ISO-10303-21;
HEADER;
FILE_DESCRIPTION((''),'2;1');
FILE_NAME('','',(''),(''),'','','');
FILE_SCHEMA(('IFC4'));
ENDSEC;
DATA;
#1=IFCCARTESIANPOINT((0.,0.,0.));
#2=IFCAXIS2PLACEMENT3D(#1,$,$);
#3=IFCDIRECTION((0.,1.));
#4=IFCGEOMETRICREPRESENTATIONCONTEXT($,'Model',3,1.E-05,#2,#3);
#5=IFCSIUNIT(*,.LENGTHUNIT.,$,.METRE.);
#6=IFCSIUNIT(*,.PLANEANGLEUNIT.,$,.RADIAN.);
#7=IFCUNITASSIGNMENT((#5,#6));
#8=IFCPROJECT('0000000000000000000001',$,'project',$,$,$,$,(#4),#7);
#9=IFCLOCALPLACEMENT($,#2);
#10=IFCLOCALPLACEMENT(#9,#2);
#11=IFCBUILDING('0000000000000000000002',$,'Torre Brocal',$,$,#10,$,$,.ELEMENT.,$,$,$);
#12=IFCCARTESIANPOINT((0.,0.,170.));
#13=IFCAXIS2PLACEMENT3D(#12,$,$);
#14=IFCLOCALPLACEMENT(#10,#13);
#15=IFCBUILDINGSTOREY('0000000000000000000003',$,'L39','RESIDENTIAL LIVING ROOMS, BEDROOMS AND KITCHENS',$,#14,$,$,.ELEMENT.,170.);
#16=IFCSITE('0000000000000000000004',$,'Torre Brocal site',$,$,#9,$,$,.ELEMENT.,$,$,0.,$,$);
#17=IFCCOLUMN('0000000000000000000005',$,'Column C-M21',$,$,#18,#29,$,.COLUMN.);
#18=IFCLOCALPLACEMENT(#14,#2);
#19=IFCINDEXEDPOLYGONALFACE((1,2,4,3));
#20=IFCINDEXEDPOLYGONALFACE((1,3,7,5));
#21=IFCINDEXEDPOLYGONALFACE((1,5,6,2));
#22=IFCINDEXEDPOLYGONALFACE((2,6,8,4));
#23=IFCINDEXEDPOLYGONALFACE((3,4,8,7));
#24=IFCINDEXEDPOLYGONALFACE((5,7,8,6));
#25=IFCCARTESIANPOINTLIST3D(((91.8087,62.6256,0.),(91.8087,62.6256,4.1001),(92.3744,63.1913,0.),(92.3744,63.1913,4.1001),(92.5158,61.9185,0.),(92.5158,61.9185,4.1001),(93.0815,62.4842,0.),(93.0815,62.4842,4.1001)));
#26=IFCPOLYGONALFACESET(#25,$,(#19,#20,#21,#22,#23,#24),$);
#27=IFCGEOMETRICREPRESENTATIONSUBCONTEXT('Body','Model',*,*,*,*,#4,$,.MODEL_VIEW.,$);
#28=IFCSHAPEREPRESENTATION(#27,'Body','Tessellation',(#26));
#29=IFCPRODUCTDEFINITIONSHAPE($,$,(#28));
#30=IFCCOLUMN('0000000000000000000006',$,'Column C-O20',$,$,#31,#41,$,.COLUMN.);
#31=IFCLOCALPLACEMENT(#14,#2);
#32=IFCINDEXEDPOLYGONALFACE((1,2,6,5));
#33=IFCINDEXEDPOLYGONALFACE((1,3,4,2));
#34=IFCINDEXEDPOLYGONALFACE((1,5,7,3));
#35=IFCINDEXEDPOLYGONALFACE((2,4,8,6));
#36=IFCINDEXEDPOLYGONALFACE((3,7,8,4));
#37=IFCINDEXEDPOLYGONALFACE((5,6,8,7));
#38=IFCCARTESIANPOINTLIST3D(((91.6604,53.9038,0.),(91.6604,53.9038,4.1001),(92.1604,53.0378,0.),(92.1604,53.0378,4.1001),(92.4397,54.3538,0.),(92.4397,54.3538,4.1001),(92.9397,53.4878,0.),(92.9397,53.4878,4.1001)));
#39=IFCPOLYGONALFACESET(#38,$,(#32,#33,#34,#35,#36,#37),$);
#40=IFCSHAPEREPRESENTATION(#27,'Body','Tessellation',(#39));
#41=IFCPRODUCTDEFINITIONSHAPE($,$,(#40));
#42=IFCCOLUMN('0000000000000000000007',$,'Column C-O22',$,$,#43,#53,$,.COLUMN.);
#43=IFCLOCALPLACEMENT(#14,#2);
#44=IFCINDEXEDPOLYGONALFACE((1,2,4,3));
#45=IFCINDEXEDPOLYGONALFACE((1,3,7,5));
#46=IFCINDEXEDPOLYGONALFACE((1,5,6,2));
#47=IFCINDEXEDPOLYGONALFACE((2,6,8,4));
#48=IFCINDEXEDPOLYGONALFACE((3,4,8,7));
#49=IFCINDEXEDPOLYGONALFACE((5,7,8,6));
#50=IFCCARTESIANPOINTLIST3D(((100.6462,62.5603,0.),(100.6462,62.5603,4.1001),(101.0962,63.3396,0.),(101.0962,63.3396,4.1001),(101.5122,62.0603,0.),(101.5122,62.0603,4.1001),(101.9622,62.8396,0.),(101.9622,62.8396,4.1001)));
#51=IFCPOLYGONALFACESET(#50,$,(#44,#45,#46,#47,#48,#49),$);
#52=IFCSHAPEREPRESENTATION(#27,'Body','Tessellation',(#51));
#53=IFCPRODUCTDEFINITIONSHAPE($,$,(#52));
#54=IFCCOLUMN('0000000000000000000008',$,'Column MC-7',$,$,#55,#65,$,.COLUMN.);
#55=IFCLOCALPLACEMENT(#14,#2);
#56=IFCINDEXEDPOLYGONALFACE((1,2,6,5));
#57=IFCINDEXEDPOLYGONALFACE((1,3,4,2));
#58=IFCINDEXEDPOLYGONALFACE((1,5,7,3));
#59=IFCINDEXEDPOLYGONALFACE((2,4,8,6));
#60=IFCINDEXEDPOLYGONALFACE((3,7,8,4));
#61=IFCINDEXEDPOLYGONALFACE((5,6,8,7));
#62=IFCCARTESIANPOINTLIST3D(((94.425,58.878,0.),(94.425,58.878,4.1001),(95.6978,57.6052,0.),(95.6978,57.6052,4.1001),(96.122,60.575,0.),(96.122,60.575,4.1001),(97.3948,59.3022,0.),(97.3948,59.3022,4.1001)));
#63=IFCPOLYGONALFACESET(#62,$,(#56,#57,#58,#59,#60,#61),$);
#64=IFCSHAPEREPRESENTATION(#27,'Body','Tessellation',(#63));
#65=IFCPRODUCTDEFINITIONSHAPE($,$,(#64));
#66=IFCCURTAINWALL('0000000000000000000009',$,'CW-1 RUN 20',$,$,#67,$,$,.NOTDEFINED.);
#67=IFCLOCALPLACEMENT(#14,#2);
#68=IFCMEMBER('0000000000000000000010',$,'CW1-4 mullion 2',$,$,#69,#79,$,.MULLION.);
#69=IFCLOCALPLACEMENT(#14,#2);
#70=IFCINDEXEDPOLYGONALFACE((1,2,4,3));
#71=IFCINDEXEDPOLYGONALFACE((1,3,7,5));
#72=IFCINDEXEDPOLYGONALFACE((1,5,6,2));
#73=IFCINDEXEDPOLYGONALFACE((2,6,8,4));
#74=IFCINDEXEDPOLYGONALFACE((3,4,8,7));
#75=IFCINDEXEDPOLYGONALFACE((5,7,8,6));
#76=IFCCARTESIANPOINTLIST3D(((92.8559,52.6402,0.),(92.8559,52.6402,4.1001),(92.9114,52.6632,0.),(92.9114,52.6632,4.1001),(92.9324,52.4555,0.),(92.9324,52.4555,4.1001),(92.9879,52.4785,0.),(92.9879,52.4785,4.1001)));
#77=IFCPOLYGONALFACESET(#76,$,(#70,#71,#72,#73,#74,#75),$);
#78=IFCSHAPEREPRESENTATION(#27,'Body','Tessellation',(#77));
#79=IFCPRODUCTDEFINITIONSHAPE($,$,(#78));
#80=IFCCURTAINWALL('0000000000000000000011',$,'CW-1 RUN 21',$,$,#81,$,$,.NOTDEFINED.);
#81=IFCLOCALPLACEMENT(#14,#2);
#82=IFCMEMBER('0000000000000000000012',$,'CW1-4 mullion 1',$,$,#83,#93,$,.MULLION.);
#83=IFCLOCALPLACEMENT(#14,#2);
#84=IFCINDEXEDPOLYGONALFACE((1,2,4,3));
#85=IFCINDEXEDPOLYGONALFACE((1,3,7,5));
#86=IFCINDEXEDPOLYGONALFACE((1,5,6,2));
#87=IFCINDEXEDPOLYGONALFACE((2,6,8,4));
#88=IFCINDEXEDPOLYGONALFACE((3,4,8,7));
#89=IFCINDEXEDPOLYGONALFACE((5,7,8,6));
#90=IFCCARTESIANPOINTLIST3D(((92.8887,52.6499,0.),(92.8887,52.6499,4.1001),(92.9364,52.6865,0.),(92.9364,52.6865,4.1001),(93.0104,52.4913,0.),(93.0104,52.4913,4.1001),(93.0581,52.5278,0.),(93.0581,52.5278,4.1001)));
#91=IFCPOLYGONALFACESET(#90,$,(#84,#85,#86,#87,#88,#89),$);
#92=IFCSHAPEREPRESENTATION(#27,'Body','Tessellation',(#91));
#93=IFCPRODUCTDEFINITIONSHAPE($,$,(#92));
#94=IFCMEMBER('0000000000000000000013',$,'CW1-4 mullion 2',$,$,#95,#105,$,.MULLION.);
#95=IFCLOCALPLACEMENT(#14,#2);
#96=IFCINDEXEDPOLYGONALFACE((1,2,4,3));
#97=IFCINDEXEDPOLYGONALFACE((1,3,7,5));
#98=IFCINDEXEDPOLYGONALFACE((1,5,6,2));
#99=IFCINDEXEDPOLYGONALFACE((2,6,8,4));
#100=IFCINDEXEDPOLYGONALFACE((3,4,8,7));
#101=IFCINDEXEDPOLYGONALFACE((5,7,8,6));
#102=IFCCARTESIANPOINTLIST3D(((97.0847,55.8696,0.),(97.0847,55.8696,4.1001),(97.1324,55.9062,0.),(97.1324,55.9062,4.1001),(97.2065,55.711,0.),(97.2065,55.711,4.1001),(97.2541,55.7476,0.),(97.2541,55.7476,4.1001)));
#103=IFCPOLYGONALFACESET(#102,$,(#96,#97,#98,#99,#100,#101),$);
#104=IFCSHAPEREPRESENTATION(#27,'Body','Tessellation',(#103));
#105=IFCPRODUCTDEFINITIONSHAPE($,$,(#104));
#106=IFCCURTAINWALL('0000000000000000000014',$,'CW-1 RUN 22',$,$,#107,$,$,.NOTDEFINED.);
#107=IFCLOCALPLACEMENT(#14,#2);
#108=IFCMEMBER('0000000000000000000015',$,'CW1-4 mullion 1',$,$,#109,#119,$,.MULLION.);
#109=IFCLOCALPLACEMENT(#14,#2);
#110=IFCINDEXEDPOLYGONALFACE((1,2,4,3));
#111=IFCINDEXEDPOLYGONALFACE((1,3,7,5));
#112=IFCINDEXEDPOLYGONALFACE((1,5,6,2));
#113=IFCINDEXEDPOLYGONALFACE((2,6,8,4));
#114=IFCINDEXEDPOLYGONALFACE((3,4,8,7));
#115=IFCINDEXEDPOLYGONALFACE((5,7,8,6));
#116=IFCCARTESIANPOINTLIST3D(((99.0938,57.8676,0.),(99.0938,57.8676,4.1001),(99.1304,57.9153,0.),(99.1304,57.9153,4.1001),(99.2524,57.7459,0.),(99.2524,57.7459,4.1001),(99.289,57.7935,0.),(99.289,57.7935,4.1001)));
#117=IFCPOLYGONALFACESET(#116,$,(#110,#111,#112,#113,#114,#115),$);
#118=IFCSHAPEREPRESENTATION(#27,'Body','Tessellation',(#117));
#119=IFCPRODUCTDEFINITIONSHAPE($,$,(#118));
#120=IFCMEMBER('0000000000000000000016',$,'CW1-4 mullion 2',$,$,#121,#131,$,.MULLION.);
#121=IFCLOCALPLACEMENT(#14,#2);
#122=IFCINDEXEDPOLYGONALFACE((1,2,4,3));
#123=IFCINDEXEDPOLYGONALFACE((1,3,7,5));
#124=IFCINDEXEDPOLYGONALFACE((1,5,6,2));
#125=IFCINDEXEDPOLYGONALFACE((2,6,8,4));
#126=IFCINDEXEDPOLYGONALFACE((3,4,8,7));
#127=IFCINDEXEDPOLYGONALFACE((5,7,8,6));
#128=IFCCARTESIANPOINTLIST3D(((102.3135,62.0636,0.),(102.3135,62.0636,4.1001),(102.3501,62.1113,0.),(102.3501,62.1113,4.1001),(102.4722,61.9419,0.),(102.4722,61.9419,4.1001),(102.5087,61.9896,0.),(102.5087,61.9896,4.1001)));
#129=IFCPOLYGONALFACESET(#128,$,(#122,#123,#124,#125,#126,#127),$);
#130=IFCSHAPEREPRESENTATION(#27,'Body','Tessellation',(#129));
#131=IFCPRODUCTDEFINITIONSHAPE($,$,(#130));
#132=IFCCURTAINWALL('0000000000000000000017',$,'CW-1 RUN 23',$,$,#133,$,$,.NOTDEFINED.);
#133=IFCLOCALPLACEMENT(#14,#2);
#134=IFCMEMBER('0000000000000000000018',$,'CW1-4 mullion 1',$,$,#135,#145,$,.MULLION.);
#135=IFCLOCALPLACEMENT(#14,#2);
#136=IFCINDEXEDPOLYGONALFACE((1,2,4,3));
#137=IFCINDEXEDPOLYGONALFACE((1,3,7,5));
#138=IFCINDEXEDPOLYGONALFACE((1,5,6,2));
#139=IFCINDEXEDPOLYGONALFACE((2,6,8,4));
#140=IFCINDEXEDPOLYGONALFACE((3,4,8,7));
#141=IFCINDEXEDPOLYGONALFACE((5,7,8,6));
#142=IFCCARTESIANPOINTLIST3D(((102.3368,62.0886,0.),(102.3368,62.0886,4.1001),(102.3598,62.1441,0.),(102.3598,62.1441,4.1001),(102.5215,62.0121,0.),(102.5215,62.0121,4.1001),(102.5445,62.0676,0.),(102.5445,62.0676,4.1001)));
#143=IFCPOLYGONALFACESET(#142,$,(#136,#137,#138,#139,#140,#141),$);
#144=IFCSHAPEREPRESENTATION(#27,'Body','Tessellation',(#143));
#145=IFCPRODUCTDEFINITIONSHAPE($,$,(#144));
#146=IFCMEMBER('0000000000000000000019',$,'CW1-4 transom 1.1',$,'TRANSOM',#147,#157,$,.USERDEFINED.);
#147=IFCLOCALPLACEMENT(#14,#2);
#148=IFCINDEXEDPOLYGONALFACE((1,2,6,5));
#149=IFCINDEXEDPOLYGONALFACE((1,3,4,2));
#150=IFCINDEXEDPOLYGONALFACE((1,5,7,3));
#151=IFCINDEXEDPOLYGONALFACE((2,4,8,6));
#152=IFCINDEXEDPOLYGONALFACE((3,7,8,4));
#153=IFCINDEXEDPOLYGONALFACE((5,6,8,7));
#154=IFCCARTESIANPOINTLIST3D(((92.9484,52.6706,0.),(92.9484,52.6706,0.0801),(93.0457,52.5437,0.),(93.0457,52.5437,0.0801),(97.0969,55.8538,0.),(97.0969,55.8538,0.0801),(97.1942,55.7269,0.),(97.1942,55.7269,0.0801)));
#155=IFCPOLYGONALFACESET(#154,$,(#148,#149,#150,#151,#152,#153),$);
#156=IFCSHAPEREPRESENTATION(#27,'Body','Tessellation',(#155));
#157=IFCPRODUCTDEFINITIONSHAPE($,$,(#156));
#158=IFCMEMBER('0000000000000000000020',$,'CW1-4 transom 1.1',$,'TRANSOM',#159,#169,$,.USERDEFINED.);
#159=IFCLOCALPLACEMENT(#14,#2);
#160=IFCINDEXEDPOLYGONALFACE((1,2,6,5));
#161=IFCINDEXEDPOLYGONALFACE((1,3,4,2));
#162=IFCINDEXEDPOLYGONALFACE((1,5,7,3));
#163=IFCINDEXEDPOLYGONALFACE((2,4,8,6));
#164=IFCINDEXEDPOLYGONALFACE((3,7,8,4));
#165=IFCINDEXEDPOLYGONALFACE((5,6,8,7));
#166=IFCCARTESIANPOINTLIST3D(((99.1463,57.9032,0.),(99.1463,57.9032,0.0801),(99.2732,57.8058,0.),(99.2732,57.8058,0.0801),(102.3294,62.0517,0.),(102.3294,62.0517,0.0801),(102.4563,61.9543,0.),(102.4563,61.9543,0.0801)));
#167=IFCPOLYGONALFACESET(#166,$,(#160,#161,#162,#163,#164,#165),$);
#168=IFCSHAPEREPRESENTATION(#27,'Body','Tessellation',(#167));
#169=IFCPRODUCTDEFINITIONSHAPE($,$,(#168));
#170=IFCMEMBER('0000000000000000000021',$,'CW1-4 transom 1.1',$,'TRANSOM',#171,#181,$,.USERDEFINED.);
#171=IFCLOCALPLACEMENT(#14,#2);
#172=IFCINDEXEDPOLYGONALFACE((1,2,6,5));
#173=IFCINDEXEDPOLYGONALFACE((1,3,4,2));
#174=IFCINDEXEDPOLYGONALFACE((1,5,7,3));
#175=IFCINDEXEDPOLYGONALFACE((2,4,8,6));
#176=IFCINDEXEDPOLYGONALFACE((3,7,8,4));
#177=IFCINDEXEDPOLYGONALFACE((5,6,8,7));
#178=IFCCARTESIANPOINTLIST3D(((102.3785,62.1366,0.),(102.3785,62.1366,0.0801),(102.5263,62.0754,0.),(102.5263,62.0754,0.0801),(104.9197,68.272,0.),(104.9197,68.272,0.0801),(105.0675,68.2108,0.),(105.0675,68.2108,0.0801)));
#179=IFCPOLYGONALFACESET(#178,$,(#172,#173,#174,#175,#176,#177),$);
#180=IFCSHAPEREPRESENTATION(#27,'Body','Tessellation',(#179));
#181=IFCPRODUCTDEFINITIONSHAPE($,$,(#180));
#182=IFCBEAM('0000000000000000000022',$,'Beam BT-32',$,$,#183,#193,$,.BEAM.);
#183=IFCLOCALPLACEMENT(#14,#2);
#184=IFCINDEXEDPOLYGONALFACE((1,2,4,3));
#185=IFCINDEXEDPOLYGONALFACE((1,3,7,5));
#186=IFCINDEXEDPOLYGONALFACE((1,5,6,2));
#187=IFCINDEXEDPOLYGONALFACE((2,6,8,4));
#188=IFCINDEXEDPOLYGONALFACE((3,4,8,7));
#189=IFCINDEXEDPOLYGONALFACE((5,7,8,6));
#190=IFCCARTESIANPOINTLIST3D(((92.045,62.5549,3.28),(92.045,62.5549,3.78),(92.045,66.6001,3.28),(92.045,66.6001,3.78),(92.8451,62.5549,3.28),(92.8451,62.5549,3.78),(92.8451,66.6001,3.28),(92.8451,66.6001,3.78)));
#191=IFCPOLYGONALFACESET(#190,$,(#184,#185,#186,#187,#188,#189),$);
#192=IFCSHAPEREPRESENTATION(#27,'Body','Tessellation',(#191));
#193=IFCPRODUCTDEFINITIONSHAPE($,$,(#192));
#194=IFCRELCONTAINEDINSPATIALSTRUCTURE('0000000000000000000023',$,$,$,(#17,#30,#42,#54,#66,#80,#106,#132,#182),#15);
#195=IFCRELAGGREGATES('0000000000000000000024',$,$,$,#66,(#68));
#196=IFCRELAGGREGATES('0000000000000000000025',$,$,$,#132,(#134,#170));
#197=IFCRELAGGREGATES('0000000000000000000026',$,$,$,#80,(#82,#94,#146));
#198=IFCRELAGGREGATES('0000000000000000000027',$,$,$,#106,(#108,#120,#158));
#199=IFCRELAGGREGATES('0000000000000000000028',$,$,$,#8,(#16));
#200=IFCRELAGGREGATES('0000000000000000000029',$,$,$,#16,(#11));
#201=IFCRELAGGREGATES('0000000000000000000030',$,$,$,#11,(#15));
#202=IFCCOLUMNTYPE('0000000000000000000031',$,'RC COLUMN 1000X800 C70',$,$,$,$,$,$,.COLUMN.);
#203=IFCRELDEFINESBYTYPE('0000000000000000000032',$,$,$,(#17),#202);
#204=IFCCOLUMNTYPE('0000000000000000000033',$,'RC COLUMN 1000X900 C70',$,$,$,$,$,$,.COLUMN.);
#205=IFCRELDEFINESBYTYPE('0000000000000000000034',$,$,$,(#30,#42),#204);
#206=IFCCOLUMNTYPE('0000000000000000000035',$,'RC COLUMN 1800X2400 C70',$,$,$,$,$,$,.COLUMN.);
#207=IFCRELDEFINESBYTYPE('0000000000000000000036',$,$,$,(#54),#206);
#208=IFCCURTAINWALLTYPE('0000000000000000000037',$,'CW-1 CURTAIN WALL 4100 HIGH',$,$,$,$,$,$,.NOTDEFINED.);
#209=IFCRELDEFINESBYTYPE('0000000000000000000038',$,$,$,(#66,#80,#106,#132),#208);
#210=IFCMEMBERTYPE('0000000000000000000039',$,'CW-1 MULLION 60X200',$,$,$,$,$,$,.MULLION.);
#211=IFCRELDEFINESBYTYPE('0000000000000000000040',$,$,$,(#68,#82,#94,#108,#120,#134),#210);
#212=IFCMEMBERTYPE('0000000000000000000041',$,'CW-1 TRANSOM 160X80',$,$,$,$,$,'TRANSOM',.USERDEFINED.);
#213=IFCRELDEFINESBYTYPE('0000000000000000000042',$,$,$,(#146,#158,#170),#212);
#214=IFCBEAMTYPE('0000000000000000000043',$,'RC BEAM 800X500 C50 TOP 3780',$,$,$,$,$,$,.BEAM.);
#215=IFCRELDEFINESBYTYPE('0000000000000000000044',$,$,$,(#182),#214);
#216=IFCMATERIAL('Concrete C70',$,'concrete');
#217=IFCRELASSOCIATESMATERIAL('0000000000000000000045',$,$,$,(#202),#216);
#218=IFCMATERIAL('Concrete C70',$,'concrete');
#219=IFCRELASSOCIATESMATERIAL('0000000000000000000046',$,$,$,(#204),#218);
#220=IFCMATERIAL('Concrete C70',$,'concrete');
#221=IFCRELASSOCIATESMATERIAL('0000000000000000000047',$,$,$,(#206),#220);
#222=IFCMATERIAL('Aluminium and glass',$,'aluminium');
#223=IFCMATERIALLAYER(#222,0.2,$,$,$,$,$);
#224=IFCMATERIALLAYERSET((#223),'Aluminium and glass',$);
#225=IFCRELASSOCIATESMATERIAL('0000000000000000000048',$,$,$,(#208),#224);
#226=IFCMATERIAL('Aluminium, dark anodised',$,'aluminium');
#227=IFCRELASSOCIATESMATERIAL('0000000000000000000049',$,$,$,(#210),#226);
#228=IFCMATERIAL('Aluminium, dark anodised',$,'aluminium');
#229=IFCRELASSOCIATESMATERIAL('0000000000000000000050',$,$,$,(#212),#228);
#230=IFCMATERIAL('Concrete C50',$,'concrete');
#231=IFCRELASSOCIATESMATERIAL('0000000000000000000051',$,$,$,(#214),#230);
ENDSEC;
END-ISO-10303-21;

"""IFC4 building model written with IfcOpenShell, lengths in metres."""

from ifc_helpers import new_model, si_unit, direction, frame, origin, origin_2d, place, context, subcontext, project, spatial, rectangle, extrude, material, layer, layer_set, material_profile, profile_set, type_object, element, aggregate, save


model = new_model("IFC4")

# Units and contexts
model_context = context("Model", 3, precision=1e-05, world=origin(), true_north=direction((0.0, 1.0)))
body_context = subcontext(model_context, "Body", "Model", "MODEL_VIEW")
ifc_project = project(units=[si_unit("LENGTHUNIT", "METRE"), si_unit("PLANEANGLEUNIT", "RADIAN")], contexts=[model_context])

# Site, building, storey
site_placement = place(None, origin())
site = spatial("IfcSite", under=ifc_project, at=site_placement, Name="Torre Brocal site", CompositionType="ELEMENT", RefElevation=0.0)
building_placement = place(site_placement, origin())
building = spatial("IfcBuilding", under=site, at=building_placement, Name="Torre Brocal", CompositionType="ELEMENT")
storey_placement = place(building_placement, frame((0.0, 0.0, 170.0)))
storey = spatial("IfcBuildingStorey", under=building, at=storey_placement, Name="L39", Description="RESIDENTIAL LIVING ROOMS, BEDROOMS AND KITCHENS", CompositionType="ELEMENT", Elevation=170.0)

# Columns
ifc_material_1 = material(Name="Concrete C70", Category="concrete")
ifc_material_profile_1 = material_profile(ifc_material_1, rectangle(XDim=1.0, YDim=0.8, at=origin_2d()), Name="RC 1000X800")
ifc_profile_set_1 = profile_set([ifc_material_profile_1], Name="Concrete C70")
column_type_1 = type_object("IfcColumnType", Name="RC COLUMN 1000X800 C70", PredefinedType="COLUMN", material=ifc_profile_set_1)
column_1_placement = place(storey_placement, frame((92.4451, 62.5549, 0.0), z_axis=(0.0, 0.0, 1.0), x_axis=(0.707107, -0.707107, 0.0)))
element("IfcColumn", 1, at=column_1_placement, inside=storey, type_object=column_type_1, Name="Column C-M21", PredefinedType="COLUMN", context=body_context, shape_type="SweptSolid", body=[
    extrude(rectangle(XDim=1.0, YDim=0.8, at=origin_2d()), origin(), (0.0, 0.0, 1.0), 4.1001),
])
ifc_material_2 = material(Name="Concrete C70", Category="concrete")
ifc_material_profile_2 = material_profile(ifc_material_2, rectangle(XDim=1.0, YDim=0.8999, at=origin_2d()), Name="RC 1000X900")
ifc_profile_set_2 = profile_set([ifc_material_profile_2], Name="Concrete C70")
column_type_2 = type_object("IfcColumnType", Name="RC COLUMN 1000X900 C70", PredefinedType="COLUMN", material=ifc_profile_set_2)
for number, where, z_axis, x_axis, name in (
    (2, (92.3, 53.6958, 0.0), (0.0, 0.0, 1.0), (0.5, -0.866025, 0.0), "Column C-O20"),
    (3, (101.3042, 62.7, 0.0), (0.0, 0.0, 1.0), (0.866025, -0.5, 0.0), "Column C-O22"),
):
    element("IfcColumn", number, at=place(storey_placement, frame(where, z_axis=z_axis, x_axis=x_axis)), inside=storey, type_object=column_type_2, Name=name, PredefinedType="COLUMN", context=body_context, shape_type="SweptSolid", body=[
        extrude(rectangle(XDim=1.0, YDim=0.8999, at=origin_2d()), origin(), (0.0, 0.0, 1.0), 4.1001),
    ])
ifc_material_3 = material(Name="Concrete C70", Category="concrete")
ifc_material_profile_3 = material_profile(ifc_material_3, rectangle(XDim=1.8, YDim=2.3999, at=origin_2d()), Name="RC 1800X2400")
ifc_profile_set_3 = profile_set([ifc_material_profile_3], Name="Concrete C70")
column_type_3 = type_object("IfcColumnType", Name="RC COLUMN 1800X2400 C70", PredefinedType="COLUMN", material=ifc_profile_set_3)
column_2_placement = place(storey_placement, frame((95.9099, 59.0901, 0.0), z_axis=(0.0, 0.0, 1.0), x_axis=(0.707107, -0.707107, 0.0)))
element("IfcColumn", 4, at=column_2_placement, inside=storey, type_object=column_type_3, Name="Column MC-7", PredefinedType="COLUMN", context=body_context, shape_type="SweptSolid", body=[
    extrude(rectangle(XDim=1.8, YDim=2.3999, at=origin_2d()), origin(), (0.0, 0.0, 1.0), 4.1001),
])

# Curtain wall, member
ifc_material_4 = material(Name="Aluminium and glass", Category="aluminium")
ifc_layer_1 = layer(ifc_material_4, 0.2)
ifc_layer_set_1 = layer_set([ifc_layer_1], Name="Aluminium and glass")
curtain_wall_type = type_object("IfcCurtainWallType", Name="CW-1 CURTAIN WALL 4100 HIGH", PredefinedType="NOTDEFINED", material=ifc_layer_set_1)
curtain_wall_1_placement = place(storey_placement, origin())
curtain_wall_1 = element("IfcCurtainWall", 5, at=curtain_wall_1_placement, inside=storey, type_object=curtain_wall_type, Name="CW-1 RUN 20", PredefinedType="NOTDEFINED")
ifc_material_5 = material(Name="Aluminium, dark anodised", Category="aluminium")
ifc_material_profile_4 = material_profile(ifc_material_5, rectangle(XDim=0.2, YDim=0.0601, at=origin_2d()), Name="CW-1 MULLION 60X200")
ifc_profile_set_4 = profile_set([ifc_material_profile_4], Name="Aluminium, dark anodised")
member_type_1 = type_object("IfcMemberType", Name="CW-1 MULLION 60X200", PredefinedType="MULLION", material=ifc_profile_set_4)
member_1_placement = place(storey_placement, frame((92.9219, 52.5593, 0.0), z_axis=(0.0, 0.0, 1.0), x_axis=(-0.382683, 0.92388, 0.0)))
member_1 = element("IfcMember", 6, at=member_1_placement, type_object=member_type_1, Name="CW1-4 mullion 2", PredefinedType="MULLION", context=body_context, shape_type="SweptSolid", body=[
    extrude(rectangle(XDim=0.2, YDim=0.0601, at=origin_2d()), origin(), (0.0, 0.0, 1.0), 4.1001),
])
aggregate(curtain_wall_1, [member_1])

# Curtain walls, members
curtain_wall_2_placement = place(storey_placement, origin())
curtain_wall_2 = element("IfcCurtainWall", 7, at=curtain_wall_2_placement, inside=storey, type_object=curtain_wall_type, Name="CW-1 RUN 21", PredefinedType="NOTDEFINED")
member_2_placement = place(storey_placement, frame((92.9734, 52.5889, 0.0), z_axis=(0.0, 0.0, 1.0), x_axis=(-0.608761, 0.793353, 0.0)))
member_2 = element("IfcMember", 8, at=member_2_placement, type_object=member_type_1, Name="CW1-4 mullion 1", PredefinedType="MULLION", context=body_context, shape_type="SweptSolid", body=[
    extrude(rectangle(XDim=0.2, YDim=0.0601, at=origin_2d()), origin(), (0.0, 0.0, 1.0), 4.1001),
])
member_3_placement = place(storey_placement, frame((97.1694, 55.8086, 0.0), z_axis=(0.0, 0.0, 1.0), x_axis=(-0.608761, 0.793353, 0.0)))
member_3 = element("IfcMember", 9, at=member_3_placement, type_object=member_type_1, Name="CW1-4 mullion 2", PredefinedType="MULLION", context=body_context, shape_type="SweptSolid", body=[
    extrude(rectangle(XDim=0.2, YDim=0.0601, at=origin_2d()), origin(), (0.0, 0.0, 1.0), 4.1001),
])
curtain_wall_3_placement = place(storey_placement, origin())
curtain_wall_3 = element("IfcCurtainWall", 10, at=curtain_wall_3_placement, inside=storey, type_object=curtain_wall_type, Name="CW-1 RUN 22", PredefinedType="NOTDEFINED")
member_4_placement = place(storey_placement, frame((99.1914, 57.8306, 0.0), z_axis=(0.0, 0.0, 1.0), x_axis=(-0.793353, 0.608761, 0.0)))
member_4 = element("IfcMember", 11, at=member_4_placement, type_object=member_type_1, Name="CW1-4 mullion 1", PredefinedType="MULLION", context=body_context, shape_type="SweptSolid", body=[
    extrude(rectangle(XDim=0.2, YDim=0.0601, at=origin_2d()), origin(), (0.0, 0.0, 1.0), 4.1001),
])
member_5_placement = place(storey_placement, frame((102.4111, 62.0266, 0.0), z_axis=(0.0, 0.0, 1.0), x_axis=(-0.793353, 0.608761, 0.0)))
member_5 = element("IfcMember", 12, at=member_5_placement, type_object=member_type_1, Name="CW1-4 mullion 2", PredefinedType="MULLION", context=body_context, shape_type="SweptSolid", body=[
    extrude(rectangle(XDim=0.2, YDim=0.0601, at=origin_2d()), origin(), (0.0, 0.0, 1.0), 4.1001),
])

# Curtain wall, member
curtain_wall_4_placement = place(storey_placement, origin())
curtain_wall_4 = element("IfcCurtainWall", 13, at=curtain_wall_4_placement, inside=storey, type_object=curtain_wall_type, Name="CW-1 RUN 23", PredefinedType="NOTDEFINED")
member_6_placement = place(storey_placement, frame((102.4407, 62.0781, 0.0), z_axis=(0.0, 0.0, 1.0), x_axis=(-0.92388, 0.382683, 0.0)))
member_6 = element("IfcMember", 14, at=member_6_placement, type_object=member_type_1, Name="CW1-4 mullion 1", PredefinedType="MULLION", context=body_context, shape_type="SweptSolid", body=[
    extrude(rectangle(XDim=0.2, YDim=0.0601, at=origin_2d()), origin(), (0.0, 0.0, 1.0), 4.1001),
])

# Members
ifc_material_6 = material(Name="Aluminium, dark anodised", Category="aluminium")
ifc_material_profile_5 = material_profile(ifc_material_6, rectangle(XDim=0.1599, YDim=0.0801, at=origin_2d()), Name="CW-1 TRANSOM 160X80")
ifc_profile_set_5 = profile_set([ifc_material_profile_5], Name="Aluminium, dark anodised")
member_type_2 = type_object("IfcMemberType", Name="CW-1 TRANSOM 160X80", ElementType="TRANSOM", PredefinedType="USERDEFINED", material=ifc_profile_set_5)
member_7_placement = place(storey_placement, frame((92.9971, 52.6072, 0.04), z_axis=(0.793363, 0.608749, 0.0), x_axis=(-0.608749, 0.793363, 0.0)))
member_7 = element("IfcMember", 15, at=member_7_placement, type_object=member_type_2, Name="CW1-4 transom 1.1", ObjectType="TRANSOM", PredefinedType="USERDEFINED", context=body_context, shape_type="SweptSolid", body=[
    extrude(rectangle(XDim=0.1599, YDim=0.0801, at=origin_2d()), origin(), (0.0, 0.0, 1.0), 5.229),
])
member_8_placement = place(storey_placement, frame((99.2097, 57.8545, 0.04), z_axis=(0.608749, 0.793363, 0.0), x_axis=(-0.793363, 0.608749, 0.0)))
member_8 = element("IfcMember", 16, at=member_8_placement, type_object=member_type_2, Name="CW1-4 transom 1.1", ObjectType="TRANSOM", PredefinedType="USERDEFINED", context=body_context, shape_type="SweptSolid", body=[
    extrude(rectangle(XDim=0.1599, YDim=0.0801, at=origin_2d()), origin(), (0.0, 0.0, 1.0), 5.229),
])
member_9_placement = place(storey_placement, frame((102.4524, 62.106, 0.04), z_axis=(0.382665, 0.923887, 0.0), x_axis=(-0.923887, 0.382665, 0.0)))
member_9 = element("IfcMember", 17, at=member_9_placement, type_object=member_type_2, Name="CW1-4 transom 1.1", ObjectType="TRANSOM", PredefinedType="USERDEFINED", context=body_context, shape_type="SweptSolid", body=[
    extrude(rectangle(XDim=0.1599, YDim=0.0801, at=origin_2d()), origin(), (0.0, 0.0, 1.0), 6.6409),
])
aggregate(curtain_wall_4, [member_6, member_9])

# Beam
ifc_material_7 = material(Name="Concrete C50", Category="concrete")
ifc_material_profile_6 = material_profile(ifc_material_7, rectangle(XDim=0.8, YDim=0.5, at=origin_2d()), Name="RC 800X500")
ifc_profile_set_6 = profile_set([ifc_material_profile_6], Name="Concrete C50")
beam_type_1 = type_object("IfcBeamType", Name="RC BEAM 800X500 C50 TOP 3780", PredefinedType="BEAM", material=ifc_profile_set_6)
beam_placement = place(storey_placement, frame((92.4451, 62.5549, 3.53), z_axis=(0.0, 1.0, 0.0), x_axis=(-1.0, 0.0, 0.0)))
element("IfcBeam", 18, at=beam_placement, inside=storey, type_object=beam_type_1, Name="Beam BT-32", PredefinedType="BEAM", context=body_context, shape_type="SweptSolid", body=[
    extrude(rectangle(XDim=0.8, YDim=0.5, at=origin_2d()), origin(), (0.0, 0.0, 1.0), 4.0452),
])

aggregate(curtain_wall_2, [member_2, member_3, member_7])
aggregate(curtain_wall_3, [member_4, member_5, member_8])

save(model, "model.ifc")
